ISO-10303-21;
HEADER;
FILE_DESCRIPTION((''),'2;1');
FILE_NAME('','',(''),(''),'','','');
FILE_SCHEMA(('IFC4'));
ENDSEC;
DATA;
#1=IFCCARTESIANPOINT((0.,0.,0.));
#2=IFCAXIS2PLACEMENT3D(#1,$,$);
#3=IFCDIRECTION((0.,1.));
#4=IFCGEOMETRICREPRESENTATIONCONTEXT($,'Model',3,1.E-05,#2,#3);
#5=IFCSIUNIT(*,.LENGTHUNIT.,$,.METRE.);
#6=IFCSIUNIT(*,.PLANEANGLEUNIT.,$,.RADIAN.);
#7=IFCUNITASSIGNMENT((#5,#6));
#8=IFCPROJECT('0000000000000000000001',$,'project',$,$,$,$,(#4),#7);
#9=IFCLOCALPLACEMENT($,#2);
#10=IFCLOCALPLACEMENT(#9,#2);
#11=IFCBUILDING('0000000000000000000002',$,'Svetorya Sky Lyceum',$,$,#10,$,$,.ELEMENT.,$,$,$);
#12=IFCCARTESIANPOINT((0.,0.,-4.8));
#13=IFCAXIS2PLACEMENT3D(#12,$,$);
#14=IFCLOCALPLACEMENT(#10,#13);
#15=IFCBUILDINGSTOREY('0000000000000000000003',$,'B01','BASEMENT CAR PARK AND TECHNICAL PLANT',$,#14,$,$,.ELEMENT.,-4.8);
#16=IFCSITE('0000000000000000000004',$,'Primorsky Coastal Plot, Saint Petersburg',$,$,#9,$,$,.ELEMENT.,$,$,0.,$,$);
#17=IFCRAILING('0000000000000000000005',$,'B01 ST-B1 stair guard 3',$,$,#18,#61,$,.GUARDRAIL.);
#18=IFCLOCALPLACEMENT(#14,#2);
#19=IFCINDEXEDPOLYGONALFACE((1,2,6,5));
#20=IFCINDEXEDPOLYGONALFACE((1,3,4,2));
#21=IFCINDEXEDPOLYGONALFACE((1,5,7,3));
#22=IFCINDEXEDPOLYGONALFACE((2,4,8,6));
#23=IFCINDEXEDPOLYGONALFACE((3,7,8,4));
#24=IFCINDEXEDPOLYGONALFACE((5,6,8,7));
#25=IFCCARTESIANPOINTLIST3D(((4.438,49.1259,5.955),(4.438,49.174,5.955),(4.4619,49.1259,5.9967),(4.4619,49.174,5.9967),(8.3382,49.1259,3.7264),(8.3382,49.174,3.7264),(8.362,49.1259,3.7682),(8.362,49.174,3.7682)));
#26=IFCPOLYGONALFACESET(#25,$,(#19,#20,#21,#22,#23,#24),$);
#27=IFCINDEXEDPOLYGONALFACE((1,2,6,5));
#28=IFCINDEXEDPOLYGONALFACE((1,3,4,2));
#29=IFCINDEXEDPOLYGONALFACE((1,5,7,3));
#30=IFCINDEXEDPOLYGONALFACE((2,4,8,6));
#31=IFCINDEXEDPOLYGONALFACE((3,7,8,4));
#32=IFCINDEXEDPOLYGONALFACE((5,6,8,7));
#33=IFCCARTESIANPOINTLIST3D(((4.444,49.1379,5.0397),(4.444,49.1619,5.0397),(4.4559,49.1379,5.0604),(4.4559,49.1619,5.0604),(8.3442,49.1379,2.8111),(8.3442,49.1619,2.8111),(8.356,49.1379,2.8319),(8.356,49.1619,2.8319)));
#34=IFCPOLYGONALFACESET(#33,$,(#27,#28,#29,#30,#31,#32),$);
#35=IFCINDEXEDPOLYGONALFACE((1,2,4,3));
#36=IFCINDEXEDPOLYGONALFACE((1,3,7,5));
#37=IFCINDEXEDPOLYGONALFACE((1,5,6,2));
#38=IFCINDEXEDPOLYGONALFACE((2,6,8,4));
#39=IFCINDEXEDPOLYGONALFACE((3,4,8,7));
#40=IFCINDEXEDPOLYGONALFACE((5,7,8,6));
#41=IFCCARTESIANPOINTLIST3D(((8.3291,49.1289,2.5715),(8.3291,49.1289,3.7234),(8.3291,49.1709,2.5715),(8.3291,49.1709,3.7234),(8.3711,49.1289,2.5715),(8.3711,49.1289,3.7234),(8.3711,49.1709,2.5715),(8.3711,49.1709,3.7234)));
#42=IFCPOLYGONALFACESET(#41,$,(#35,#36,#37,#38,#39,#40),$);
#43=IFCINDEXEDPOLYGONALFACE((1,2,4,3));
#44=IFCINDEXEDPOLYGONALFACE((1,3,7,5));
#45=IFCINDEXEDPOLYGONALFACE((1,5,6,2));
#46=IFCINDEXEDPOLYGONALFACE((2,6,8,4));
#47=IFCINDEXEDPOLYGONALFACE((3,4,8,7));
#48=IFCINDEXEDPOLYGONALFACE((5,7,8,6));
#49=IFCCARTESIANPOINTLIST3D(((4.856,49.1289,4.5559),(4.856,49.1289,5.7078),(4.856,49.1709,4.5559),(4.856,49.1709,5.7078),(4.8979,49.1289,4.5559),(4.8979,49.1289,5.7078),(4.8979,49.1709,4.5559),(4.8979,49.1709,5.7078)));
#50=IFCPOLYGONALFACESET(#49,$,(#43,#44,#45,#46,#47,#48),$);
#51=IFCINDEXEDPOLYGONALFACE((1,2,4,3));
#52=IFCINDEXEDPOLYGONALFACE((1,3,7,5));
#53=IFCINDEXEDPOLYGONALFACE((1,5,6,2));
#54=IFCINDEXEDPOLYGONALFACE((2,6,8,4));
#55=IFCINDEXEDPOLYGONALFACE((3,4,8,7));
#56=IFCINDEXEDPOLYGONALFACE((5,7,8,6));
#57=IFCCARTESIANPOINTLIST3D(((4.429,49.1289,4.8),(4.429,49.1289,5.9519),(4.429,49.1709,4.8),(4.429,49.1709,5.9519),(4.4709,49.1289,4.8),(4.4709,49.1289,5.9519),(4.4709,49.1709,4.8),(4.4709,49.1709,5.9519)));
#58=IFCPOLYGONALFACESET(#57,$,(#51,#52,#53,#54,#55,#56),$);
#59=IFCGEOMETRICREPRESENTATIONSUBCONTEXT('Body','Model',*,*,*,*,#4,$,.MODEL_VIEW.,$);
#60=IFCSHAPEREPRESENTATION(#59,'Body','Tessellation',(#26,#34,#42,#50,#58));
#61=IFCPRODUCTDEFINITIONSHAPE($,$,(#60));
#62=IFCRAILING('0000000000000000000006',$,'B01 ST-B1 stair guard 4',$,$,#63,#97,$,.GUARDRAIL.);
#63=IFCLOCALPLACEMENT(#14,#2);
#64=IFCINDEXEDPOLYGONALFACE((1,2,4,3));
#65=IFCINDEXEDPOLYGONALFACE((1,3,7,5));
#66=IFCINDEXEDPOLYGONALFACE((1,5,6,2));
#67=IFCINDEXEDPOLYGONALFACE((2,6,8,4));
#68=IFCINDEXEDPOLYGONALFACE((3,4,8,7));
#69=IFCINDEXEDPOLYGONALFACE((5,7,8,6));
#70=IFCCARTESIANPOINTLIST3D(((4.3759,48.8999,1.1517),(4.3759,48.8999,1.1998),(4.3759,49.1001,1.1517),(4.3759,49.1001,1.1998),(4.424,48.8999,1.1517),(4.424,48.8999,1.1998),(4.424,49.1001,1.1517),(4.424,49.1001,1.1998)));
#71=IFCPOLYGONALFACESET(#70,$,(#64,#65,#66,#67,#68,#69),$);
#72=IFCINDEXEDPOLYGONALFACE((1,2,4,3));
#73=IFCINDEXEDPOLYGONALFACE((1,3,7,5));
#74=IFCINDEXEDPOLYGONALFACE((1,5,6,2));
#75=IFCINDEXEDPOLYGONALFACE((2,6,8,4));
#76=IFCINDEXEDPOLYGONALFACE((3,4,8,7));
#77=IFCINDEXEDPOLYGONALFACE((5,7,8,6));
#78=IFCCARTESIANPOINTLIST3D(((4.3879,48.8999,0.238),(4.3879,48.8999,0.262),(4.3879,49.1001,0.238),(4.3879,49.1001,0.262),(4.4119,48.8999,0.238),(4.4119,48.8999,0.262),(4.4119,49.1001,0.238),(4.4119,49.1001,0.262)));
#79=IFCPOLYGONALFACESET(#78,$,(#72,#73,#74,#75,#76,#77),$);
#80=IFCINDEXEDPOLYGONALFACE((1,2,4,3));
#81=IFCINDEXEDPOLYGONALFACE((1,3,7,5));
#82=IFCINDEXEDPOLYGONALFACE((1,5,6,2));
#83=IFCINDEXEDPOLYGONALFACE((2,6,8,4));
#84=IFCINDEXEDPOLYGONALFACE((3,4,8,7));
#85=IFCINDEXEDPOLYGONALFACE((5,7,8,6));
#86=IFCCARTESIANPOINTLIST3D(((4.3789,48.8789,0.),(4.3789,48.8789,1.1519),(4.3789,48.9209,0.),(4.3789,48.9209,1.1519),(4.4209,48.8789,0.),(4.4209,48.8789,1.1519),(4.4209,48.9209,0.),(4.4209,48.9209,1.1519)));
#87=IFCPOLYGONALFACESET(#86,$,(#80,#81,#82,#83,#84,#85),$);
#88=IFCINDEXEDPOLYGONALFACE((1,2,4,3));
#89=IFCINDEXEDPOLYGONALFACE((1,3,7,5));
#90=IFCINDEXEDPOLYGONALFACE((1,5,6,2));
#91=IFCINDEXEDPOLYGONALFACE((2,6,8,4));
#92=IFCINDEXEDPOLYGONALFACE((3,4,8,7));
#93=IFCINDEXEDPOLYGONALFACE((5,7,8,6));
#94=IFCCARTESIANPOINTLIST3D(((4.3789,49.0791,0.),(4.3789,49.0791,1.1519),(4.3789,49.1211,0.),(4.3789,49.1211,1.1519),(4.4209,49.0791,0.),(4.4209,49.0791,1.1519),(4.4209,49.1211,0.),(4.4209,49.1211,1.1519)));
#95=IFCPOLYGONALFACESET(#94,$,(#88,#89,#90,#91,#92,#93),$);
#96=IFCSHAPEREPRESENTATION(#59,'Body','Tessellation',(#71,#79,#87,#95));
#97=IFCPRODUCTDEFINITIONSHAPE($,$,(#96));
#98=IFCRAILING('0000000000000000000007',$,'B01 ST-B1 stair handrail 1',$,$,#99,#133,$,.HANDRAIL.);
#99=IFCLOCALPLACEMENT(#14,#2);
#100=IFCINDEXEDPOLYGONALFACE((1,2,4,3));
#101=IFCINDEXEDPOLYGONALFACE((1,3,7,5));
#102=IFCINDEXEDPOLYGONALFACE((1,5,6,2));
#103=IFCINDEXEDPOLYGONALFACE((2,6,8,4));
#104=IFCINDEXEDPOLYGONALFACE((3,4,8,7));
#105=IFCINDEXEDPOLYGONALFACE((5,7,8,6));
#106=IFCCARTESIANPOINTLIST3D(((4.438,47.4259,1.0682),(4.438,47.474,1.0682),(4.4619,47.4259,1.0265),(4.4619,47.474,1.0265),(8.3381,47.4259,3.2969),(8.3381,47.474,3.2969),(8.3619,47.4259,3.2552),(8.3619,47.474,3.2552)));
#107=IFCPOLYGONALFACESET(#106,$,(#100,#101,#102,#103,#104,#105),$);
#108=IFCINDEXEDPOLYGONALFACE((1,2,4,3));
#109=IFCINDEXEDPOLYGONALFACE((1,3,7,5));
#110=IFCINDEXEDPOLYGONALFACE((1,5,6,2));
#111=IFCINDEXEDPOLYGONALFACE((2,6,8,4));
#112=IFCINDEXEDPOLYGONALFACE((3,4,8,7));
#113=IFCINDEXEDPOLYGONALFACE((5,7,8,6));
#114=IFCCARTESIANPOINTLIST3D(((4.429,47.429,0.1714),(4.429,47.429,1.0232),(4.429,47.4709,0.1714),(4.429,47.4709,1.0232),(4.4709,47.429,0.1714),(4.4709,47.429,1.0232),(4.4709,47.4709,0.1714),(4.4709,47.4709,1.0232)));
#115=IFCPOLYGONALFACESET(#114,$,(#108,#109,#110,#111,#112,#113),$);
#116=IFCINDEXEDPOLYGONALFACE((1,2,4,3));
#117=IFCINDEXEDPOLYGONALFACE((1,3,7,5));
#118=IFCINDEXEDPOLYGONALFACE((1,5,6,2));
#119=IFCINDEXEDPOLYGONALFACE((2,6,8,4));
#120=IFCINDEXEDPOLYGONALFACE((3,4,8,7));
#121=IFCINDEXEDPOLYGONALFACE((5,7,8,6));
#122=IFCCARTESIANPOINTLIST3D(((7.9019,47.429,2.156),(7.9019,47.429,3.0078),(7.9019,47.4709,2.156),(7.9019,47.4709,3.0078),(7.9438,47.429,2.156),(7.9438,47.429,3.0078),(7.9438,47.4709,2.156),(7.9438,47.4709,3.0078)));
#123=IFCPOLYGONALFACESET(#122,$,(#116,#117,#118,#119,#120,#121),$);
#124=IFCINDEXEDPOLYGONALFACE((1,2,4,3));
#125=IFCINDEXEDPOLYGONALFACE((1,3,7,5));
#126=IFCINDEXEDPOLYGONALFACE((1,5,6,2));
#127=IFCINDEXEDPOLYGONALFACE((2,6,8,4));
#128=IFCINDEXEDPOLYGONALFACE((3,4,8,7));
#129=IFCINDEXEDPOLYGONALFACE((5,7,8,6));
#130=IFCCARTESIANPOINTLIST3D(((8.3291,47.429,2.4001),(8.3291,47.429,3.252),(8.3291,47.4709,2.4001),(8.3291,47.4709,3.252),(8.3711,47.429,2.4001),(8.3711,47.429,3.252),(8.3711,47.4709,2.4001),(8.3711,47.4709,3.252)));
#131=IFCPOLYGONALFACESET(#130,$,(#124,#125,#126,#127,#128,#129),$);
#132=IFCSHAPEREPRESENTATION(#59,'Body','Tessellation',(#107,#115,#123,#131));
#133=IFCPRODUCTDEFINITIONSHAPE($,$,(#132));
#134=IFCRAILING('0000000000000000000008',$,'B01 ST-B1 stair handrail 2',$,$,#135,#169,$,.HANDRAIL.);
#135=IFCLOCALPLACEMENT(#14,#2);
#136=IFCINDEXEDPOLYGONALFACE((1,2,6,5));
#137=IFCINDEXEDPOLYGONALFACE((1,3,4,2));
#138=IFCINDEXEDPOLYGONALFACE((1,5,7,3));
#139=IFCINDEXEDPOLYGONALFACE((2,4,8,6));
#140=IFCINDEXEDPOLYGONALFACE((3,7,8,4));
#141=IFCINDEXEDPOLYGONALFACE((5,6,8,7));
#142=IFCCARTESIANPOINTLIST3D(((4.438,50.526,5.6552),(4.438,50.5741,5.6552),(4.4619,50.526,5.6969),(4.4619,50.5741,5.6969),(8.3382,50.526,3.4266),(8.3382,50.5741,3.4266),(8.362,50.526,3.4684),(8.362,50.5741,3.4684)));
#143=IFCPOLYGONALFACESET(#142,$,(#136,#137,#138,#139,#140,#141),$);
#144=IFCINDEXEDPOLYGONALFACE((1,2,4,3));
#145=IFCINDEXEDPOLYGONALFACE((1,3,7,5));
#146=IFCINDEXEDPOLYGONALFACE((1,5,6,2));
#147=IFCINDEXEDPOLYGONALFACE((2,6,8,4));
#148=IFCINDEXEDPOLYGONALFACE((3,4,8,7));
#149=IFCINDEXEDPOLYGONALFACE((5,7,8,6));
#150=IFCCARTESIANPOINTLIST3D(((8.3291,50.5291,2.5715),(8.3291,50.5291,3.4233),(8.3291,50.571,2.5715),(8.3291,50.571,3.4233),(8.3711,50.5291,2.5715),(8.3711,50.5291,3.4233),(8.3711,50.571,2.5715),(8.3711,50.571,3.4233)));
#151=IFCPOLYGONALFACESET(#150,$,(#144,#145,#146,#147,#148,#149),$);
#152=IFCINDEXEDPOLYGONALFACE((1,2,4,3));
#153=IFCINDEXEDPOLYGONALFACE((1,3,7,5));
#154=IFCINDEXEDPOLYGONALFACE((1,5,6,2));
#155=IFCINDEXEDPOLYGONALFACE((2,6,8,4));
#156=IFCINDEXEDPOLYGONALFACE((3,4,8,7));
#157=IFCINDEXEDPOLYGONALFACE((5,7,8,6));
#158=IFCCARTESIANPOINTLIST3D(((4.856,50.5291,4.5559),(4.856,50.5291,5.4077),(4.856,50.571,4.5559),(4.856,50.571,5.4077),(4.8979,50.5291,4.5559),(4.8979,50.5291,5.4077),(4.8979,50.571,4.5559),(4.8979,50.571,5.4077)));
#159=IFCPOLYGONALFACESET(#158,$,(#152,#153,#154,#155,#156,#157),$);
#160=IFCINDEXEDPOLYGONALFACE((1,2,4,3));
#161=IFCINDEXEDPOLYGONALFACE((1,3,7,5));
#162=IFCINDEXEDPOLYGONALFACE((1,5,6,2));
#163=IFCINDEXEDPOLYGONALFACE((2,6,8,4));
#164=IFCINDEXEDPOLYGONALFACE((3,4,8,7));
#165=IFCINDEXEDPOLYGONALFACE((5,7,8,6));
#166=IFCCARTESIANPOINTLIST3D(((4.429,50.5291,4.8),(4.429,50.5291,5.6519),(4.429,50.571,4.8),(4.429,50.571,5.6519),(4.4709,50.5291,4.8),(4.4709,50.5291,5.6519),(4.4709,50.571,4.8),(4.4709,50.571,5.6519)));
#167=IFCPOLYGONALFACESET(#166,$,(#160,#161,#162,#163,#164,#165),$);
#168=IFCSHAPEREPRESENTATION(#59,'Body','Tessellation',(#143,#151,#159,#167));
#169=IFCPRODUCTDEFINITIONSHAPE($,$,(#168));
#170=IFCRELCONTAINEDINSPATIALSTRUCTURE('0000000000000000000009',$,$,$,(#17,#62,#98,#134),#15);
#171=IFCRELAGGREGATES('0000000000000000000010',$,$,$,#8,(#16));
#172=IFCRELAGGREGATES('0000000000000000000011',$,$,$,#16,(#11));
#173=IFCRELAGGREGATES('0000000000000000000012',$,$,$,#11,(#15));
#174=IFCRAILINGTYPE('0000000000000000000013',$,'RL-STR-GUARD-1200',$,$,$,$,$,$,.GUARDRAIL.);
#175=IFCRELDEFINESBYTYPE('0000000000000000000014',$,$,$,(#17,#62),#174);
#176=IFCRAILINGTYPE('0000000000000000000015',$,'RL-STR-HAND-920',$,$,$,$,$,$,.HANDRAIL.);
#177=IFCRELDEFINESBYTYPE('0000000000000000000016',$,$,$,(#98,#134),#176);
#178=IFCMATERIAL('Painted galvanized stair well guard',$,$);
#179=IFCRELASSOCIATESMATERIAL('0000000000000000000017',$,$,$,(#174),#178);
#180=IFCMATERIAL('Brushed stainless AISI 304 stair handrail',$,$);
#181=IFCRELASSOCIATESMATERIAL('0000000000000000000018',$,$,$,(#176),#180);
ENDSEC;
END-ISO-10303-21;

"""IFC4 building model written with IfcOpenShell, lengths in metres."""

from ifc_helpers import new_model, si_unit, direction, frame, origin, origin_2d, place, context, subcontext, project, spatial, rectangle, extrude, material, type_object, element, save


model = new_model("IFC4")

# Units and contexts
model_context = context("Model", 3, precision=1e-05, world=origin(), true_north=direction((0.0, 1.0)))
body_context = subcontext(model_context, "Body", "Model", "MODEL_VIEW")
ifc_project = project(units=[si_unit("LENGTHUNIT", "METRE"), si_unit("PLANEANGLEUNIT", "RADIAN")], contexts=[model_context])

# Site, building, storey
site_placement = place(None, origin())
site = spatial("IfcSite", under=ifc_project, at=site_placement, Name="Primorsky Coastal Plot, Saint Petersburg", CompositionType="ELEMENT", RefElevation=0.0)
building_placement = place(site_placement, origin())
building = spatial("IfcBuilding", under=site, at=building_placement, Name="Svetorya Sky Lyceum", CompositionType="ELEMENT")
storey_placement = place(building_placement, frame((0.0, 0.0, -4.8)))
storey = spatial("IfcBuildingStorey", under=building, at=storey_placement, Name="B01", Description="BASEMENT CAR PARK AND TECHNICAL PLANT", CompositionType="ELEMENT", Elevation=-4.8)

# Railings
ifc_material_1 = material(Name="Painted galvanized stair well guard")
railing_type_1 = type_object("IfcRailingType", Name="RL-STR-GUARD-1200", PredefinedType="GUARDRAIL", material=ifc_material_1)
railing_1_placement = place(storey_placement, frame((8.3501, 49.1499, 2.5715)))
element("IfcRailing", 1, at=railing_1_placement, inside=storey, type_object=railing_type_1, Name="B01 ST-B1 stair guard 3", PredefinedType="GUARDRAIL", context=body_context, shape_type="SweptSolid", body=[
    extrude(rectangle(XDim=0.0481, YDim=0.0481, at=origin_2d()), frame((0.0, 0.0, 1.1758), z_axis=(-0.868257, 0.0, 0.496116), x_axis=(0.0, -1.0, 0.0)), (0.0, 0.0, 1.0), 4.4919),
    extrude(rectangle(XDim=0.0239, YDim=0.0239, at=origin_2d()), frame((0.0, 0.0, 0.25), z_axis=(-0.868257, 0.0, 0.496116), x_axis=(0.0, -1.0, 0.0)), (0.0, 0.0, 1.0), 4.4919),
    extrude(rectangle(XDim=0.042, YDim=0.042, at=origin_2d()), origin(), (0.0, 0.0, 1.0), 1.1519),
    extrude(rectangle(XDim=0.042, YDim=0.042, at=origin_2d()), frame((-3.4731, 0.0, 1.9844)), (0.0, 0.0, 1.0), 1.1519),
    extrude(rectangle(XDim=0.042, YDim=0.042, at=origin_2d()), frame((-3.9001, 0.0, 2.2285)), (0.0, 0.0, 1.0), 1.1519),
])
railing_2_placement = place(storey_placement, frame((4.3999, 48.8999, 0.0)))
element("IfcRailing", 2, at=railing_2_placement, inside=storey, type_object=railing_type_1, Name="B01 ST-B1 stair guard 4", PredefinedType="GUARDRAIL", context=body_context, shape_type="SweptSolid", body=[
    extrude(rectangle(XDim=0.0481, YDim=0.0481, at=origin_2d()), frame((0.0, 0.0, 1.1758), z_axis=(0.0, 1.0, 0.0), x_axis=(-1.0, 0.0, 0.0)), (0.0, 0.0, 1.0), 0.2002),
    extrude(rectangle(XDim=0.0239, YDim=0.0239, at=origin_2d()), frame((0.0, 0.0, 0.25), z_axis=(0.0, 1.0, 0.0), x_axis=(-1.0, 0.0, 0.0)), (0.0, 0.0, 1.0), 0.2002),
    extrude(rectangle(XDim=0.042, YDim=0.042, at=origin_2d()), origin(), (0.0, 0.0, 1.0), 1.1519),
    extrude(rectangle(XDim=0.042, YDim=0.042, at=origin_2d()), frame((0.0, 0.2002, 0.0)), (0.0, 0.0, 1.0), 1.1519),
])
ifc_material_2 = material(Name="Brushed stainless AISI 304 stair handrail")
railing_type_2 = type_object("IfcRailingType", Name="RL-STR-HAND-920", PredefinedType="HANDRAIL", material=ifc_material_2)
railing_3_placement = place(storey_placement, frame((4.45, 47.45, 0.1714)))
element("IfcRailing", 3, at=railing_3_placement, inside=storey, type_object=railing_type_2, Name="B01 ST-B1 stair handrail 1", PredefinedType="HANDRAIL", context=body_context, shape_type="SweptSolid", body=[
    extrude(rectangle(XDim=0.0481, YDim=0.0481, at=origin_2d()), frame((0.0, 0.0, 0.876), z_axis=(0.868233, 0.0, 0.496156), x_axis=(0.0, 1.0, 0.0)), (0.0, 0.0, 1.0), 4.4919),
    extrude(rectangle(XDim=0.042, YDim=0.042, at=origin_2d()), origin(), (0.0, 0.0, 1.0), 0.8518),
    extrude(rectangle(XDim=0.042, YDim=0.042, at=origin_2d()), frame((3.4729, 0.0, 1.9846)), (0.0, 0.0, 1.0), 0.8518),
    extrude(rectangle(XDim=0.042, YDim=0.042, at=origin_2d()), frame((3.9001, 0.0, 2.2288)), (0.0, 0.0, 1.0), 0.8518),
])
railing_4_placement = place(storey_placement, frame((8.3501, 50.55, 2.5715)))
element("IfcRailing", 4, at=railing_4_placement, inside=storey, type_object=railing_type_2, Name="B01 ST-B1 stair handrail 2", PredefinedType="HANDRAIL", context=body_context, shape_type="SweptSolid", body=[
    extrude(rectangle(XDim=0.0481, YDim=0.0481, at=origin_2d()), frame((0.0, 0.0, 0.876), z_axis=(-0.868257, 0.0, 0.496116), x_axis=(0.0, -1.0, 0.0)), (0.0, 0.0, 1.0), 4.4919),
    extrude(rectangle(XDim=0.042, YDim=0.042, at=origin_2d()), origin(), (0.0, 0.0, 1.0), 0.8518),
    extrude(rectangle(XDim=0.042, YDim=0.042, at=origin_2d()), frame((-3.4731, 0.0, 1.9844)), (0.0, 0.0, 1.0), 0.8518),
    extrude(rectangle(XDim=0.042, YDim=0.042, at=origin_2d()), frame((-3.9001, 0.0, 2.2285)), (0.0, 0.0, 1.0), 0.8518),
])

save(model, "model.ifc")
